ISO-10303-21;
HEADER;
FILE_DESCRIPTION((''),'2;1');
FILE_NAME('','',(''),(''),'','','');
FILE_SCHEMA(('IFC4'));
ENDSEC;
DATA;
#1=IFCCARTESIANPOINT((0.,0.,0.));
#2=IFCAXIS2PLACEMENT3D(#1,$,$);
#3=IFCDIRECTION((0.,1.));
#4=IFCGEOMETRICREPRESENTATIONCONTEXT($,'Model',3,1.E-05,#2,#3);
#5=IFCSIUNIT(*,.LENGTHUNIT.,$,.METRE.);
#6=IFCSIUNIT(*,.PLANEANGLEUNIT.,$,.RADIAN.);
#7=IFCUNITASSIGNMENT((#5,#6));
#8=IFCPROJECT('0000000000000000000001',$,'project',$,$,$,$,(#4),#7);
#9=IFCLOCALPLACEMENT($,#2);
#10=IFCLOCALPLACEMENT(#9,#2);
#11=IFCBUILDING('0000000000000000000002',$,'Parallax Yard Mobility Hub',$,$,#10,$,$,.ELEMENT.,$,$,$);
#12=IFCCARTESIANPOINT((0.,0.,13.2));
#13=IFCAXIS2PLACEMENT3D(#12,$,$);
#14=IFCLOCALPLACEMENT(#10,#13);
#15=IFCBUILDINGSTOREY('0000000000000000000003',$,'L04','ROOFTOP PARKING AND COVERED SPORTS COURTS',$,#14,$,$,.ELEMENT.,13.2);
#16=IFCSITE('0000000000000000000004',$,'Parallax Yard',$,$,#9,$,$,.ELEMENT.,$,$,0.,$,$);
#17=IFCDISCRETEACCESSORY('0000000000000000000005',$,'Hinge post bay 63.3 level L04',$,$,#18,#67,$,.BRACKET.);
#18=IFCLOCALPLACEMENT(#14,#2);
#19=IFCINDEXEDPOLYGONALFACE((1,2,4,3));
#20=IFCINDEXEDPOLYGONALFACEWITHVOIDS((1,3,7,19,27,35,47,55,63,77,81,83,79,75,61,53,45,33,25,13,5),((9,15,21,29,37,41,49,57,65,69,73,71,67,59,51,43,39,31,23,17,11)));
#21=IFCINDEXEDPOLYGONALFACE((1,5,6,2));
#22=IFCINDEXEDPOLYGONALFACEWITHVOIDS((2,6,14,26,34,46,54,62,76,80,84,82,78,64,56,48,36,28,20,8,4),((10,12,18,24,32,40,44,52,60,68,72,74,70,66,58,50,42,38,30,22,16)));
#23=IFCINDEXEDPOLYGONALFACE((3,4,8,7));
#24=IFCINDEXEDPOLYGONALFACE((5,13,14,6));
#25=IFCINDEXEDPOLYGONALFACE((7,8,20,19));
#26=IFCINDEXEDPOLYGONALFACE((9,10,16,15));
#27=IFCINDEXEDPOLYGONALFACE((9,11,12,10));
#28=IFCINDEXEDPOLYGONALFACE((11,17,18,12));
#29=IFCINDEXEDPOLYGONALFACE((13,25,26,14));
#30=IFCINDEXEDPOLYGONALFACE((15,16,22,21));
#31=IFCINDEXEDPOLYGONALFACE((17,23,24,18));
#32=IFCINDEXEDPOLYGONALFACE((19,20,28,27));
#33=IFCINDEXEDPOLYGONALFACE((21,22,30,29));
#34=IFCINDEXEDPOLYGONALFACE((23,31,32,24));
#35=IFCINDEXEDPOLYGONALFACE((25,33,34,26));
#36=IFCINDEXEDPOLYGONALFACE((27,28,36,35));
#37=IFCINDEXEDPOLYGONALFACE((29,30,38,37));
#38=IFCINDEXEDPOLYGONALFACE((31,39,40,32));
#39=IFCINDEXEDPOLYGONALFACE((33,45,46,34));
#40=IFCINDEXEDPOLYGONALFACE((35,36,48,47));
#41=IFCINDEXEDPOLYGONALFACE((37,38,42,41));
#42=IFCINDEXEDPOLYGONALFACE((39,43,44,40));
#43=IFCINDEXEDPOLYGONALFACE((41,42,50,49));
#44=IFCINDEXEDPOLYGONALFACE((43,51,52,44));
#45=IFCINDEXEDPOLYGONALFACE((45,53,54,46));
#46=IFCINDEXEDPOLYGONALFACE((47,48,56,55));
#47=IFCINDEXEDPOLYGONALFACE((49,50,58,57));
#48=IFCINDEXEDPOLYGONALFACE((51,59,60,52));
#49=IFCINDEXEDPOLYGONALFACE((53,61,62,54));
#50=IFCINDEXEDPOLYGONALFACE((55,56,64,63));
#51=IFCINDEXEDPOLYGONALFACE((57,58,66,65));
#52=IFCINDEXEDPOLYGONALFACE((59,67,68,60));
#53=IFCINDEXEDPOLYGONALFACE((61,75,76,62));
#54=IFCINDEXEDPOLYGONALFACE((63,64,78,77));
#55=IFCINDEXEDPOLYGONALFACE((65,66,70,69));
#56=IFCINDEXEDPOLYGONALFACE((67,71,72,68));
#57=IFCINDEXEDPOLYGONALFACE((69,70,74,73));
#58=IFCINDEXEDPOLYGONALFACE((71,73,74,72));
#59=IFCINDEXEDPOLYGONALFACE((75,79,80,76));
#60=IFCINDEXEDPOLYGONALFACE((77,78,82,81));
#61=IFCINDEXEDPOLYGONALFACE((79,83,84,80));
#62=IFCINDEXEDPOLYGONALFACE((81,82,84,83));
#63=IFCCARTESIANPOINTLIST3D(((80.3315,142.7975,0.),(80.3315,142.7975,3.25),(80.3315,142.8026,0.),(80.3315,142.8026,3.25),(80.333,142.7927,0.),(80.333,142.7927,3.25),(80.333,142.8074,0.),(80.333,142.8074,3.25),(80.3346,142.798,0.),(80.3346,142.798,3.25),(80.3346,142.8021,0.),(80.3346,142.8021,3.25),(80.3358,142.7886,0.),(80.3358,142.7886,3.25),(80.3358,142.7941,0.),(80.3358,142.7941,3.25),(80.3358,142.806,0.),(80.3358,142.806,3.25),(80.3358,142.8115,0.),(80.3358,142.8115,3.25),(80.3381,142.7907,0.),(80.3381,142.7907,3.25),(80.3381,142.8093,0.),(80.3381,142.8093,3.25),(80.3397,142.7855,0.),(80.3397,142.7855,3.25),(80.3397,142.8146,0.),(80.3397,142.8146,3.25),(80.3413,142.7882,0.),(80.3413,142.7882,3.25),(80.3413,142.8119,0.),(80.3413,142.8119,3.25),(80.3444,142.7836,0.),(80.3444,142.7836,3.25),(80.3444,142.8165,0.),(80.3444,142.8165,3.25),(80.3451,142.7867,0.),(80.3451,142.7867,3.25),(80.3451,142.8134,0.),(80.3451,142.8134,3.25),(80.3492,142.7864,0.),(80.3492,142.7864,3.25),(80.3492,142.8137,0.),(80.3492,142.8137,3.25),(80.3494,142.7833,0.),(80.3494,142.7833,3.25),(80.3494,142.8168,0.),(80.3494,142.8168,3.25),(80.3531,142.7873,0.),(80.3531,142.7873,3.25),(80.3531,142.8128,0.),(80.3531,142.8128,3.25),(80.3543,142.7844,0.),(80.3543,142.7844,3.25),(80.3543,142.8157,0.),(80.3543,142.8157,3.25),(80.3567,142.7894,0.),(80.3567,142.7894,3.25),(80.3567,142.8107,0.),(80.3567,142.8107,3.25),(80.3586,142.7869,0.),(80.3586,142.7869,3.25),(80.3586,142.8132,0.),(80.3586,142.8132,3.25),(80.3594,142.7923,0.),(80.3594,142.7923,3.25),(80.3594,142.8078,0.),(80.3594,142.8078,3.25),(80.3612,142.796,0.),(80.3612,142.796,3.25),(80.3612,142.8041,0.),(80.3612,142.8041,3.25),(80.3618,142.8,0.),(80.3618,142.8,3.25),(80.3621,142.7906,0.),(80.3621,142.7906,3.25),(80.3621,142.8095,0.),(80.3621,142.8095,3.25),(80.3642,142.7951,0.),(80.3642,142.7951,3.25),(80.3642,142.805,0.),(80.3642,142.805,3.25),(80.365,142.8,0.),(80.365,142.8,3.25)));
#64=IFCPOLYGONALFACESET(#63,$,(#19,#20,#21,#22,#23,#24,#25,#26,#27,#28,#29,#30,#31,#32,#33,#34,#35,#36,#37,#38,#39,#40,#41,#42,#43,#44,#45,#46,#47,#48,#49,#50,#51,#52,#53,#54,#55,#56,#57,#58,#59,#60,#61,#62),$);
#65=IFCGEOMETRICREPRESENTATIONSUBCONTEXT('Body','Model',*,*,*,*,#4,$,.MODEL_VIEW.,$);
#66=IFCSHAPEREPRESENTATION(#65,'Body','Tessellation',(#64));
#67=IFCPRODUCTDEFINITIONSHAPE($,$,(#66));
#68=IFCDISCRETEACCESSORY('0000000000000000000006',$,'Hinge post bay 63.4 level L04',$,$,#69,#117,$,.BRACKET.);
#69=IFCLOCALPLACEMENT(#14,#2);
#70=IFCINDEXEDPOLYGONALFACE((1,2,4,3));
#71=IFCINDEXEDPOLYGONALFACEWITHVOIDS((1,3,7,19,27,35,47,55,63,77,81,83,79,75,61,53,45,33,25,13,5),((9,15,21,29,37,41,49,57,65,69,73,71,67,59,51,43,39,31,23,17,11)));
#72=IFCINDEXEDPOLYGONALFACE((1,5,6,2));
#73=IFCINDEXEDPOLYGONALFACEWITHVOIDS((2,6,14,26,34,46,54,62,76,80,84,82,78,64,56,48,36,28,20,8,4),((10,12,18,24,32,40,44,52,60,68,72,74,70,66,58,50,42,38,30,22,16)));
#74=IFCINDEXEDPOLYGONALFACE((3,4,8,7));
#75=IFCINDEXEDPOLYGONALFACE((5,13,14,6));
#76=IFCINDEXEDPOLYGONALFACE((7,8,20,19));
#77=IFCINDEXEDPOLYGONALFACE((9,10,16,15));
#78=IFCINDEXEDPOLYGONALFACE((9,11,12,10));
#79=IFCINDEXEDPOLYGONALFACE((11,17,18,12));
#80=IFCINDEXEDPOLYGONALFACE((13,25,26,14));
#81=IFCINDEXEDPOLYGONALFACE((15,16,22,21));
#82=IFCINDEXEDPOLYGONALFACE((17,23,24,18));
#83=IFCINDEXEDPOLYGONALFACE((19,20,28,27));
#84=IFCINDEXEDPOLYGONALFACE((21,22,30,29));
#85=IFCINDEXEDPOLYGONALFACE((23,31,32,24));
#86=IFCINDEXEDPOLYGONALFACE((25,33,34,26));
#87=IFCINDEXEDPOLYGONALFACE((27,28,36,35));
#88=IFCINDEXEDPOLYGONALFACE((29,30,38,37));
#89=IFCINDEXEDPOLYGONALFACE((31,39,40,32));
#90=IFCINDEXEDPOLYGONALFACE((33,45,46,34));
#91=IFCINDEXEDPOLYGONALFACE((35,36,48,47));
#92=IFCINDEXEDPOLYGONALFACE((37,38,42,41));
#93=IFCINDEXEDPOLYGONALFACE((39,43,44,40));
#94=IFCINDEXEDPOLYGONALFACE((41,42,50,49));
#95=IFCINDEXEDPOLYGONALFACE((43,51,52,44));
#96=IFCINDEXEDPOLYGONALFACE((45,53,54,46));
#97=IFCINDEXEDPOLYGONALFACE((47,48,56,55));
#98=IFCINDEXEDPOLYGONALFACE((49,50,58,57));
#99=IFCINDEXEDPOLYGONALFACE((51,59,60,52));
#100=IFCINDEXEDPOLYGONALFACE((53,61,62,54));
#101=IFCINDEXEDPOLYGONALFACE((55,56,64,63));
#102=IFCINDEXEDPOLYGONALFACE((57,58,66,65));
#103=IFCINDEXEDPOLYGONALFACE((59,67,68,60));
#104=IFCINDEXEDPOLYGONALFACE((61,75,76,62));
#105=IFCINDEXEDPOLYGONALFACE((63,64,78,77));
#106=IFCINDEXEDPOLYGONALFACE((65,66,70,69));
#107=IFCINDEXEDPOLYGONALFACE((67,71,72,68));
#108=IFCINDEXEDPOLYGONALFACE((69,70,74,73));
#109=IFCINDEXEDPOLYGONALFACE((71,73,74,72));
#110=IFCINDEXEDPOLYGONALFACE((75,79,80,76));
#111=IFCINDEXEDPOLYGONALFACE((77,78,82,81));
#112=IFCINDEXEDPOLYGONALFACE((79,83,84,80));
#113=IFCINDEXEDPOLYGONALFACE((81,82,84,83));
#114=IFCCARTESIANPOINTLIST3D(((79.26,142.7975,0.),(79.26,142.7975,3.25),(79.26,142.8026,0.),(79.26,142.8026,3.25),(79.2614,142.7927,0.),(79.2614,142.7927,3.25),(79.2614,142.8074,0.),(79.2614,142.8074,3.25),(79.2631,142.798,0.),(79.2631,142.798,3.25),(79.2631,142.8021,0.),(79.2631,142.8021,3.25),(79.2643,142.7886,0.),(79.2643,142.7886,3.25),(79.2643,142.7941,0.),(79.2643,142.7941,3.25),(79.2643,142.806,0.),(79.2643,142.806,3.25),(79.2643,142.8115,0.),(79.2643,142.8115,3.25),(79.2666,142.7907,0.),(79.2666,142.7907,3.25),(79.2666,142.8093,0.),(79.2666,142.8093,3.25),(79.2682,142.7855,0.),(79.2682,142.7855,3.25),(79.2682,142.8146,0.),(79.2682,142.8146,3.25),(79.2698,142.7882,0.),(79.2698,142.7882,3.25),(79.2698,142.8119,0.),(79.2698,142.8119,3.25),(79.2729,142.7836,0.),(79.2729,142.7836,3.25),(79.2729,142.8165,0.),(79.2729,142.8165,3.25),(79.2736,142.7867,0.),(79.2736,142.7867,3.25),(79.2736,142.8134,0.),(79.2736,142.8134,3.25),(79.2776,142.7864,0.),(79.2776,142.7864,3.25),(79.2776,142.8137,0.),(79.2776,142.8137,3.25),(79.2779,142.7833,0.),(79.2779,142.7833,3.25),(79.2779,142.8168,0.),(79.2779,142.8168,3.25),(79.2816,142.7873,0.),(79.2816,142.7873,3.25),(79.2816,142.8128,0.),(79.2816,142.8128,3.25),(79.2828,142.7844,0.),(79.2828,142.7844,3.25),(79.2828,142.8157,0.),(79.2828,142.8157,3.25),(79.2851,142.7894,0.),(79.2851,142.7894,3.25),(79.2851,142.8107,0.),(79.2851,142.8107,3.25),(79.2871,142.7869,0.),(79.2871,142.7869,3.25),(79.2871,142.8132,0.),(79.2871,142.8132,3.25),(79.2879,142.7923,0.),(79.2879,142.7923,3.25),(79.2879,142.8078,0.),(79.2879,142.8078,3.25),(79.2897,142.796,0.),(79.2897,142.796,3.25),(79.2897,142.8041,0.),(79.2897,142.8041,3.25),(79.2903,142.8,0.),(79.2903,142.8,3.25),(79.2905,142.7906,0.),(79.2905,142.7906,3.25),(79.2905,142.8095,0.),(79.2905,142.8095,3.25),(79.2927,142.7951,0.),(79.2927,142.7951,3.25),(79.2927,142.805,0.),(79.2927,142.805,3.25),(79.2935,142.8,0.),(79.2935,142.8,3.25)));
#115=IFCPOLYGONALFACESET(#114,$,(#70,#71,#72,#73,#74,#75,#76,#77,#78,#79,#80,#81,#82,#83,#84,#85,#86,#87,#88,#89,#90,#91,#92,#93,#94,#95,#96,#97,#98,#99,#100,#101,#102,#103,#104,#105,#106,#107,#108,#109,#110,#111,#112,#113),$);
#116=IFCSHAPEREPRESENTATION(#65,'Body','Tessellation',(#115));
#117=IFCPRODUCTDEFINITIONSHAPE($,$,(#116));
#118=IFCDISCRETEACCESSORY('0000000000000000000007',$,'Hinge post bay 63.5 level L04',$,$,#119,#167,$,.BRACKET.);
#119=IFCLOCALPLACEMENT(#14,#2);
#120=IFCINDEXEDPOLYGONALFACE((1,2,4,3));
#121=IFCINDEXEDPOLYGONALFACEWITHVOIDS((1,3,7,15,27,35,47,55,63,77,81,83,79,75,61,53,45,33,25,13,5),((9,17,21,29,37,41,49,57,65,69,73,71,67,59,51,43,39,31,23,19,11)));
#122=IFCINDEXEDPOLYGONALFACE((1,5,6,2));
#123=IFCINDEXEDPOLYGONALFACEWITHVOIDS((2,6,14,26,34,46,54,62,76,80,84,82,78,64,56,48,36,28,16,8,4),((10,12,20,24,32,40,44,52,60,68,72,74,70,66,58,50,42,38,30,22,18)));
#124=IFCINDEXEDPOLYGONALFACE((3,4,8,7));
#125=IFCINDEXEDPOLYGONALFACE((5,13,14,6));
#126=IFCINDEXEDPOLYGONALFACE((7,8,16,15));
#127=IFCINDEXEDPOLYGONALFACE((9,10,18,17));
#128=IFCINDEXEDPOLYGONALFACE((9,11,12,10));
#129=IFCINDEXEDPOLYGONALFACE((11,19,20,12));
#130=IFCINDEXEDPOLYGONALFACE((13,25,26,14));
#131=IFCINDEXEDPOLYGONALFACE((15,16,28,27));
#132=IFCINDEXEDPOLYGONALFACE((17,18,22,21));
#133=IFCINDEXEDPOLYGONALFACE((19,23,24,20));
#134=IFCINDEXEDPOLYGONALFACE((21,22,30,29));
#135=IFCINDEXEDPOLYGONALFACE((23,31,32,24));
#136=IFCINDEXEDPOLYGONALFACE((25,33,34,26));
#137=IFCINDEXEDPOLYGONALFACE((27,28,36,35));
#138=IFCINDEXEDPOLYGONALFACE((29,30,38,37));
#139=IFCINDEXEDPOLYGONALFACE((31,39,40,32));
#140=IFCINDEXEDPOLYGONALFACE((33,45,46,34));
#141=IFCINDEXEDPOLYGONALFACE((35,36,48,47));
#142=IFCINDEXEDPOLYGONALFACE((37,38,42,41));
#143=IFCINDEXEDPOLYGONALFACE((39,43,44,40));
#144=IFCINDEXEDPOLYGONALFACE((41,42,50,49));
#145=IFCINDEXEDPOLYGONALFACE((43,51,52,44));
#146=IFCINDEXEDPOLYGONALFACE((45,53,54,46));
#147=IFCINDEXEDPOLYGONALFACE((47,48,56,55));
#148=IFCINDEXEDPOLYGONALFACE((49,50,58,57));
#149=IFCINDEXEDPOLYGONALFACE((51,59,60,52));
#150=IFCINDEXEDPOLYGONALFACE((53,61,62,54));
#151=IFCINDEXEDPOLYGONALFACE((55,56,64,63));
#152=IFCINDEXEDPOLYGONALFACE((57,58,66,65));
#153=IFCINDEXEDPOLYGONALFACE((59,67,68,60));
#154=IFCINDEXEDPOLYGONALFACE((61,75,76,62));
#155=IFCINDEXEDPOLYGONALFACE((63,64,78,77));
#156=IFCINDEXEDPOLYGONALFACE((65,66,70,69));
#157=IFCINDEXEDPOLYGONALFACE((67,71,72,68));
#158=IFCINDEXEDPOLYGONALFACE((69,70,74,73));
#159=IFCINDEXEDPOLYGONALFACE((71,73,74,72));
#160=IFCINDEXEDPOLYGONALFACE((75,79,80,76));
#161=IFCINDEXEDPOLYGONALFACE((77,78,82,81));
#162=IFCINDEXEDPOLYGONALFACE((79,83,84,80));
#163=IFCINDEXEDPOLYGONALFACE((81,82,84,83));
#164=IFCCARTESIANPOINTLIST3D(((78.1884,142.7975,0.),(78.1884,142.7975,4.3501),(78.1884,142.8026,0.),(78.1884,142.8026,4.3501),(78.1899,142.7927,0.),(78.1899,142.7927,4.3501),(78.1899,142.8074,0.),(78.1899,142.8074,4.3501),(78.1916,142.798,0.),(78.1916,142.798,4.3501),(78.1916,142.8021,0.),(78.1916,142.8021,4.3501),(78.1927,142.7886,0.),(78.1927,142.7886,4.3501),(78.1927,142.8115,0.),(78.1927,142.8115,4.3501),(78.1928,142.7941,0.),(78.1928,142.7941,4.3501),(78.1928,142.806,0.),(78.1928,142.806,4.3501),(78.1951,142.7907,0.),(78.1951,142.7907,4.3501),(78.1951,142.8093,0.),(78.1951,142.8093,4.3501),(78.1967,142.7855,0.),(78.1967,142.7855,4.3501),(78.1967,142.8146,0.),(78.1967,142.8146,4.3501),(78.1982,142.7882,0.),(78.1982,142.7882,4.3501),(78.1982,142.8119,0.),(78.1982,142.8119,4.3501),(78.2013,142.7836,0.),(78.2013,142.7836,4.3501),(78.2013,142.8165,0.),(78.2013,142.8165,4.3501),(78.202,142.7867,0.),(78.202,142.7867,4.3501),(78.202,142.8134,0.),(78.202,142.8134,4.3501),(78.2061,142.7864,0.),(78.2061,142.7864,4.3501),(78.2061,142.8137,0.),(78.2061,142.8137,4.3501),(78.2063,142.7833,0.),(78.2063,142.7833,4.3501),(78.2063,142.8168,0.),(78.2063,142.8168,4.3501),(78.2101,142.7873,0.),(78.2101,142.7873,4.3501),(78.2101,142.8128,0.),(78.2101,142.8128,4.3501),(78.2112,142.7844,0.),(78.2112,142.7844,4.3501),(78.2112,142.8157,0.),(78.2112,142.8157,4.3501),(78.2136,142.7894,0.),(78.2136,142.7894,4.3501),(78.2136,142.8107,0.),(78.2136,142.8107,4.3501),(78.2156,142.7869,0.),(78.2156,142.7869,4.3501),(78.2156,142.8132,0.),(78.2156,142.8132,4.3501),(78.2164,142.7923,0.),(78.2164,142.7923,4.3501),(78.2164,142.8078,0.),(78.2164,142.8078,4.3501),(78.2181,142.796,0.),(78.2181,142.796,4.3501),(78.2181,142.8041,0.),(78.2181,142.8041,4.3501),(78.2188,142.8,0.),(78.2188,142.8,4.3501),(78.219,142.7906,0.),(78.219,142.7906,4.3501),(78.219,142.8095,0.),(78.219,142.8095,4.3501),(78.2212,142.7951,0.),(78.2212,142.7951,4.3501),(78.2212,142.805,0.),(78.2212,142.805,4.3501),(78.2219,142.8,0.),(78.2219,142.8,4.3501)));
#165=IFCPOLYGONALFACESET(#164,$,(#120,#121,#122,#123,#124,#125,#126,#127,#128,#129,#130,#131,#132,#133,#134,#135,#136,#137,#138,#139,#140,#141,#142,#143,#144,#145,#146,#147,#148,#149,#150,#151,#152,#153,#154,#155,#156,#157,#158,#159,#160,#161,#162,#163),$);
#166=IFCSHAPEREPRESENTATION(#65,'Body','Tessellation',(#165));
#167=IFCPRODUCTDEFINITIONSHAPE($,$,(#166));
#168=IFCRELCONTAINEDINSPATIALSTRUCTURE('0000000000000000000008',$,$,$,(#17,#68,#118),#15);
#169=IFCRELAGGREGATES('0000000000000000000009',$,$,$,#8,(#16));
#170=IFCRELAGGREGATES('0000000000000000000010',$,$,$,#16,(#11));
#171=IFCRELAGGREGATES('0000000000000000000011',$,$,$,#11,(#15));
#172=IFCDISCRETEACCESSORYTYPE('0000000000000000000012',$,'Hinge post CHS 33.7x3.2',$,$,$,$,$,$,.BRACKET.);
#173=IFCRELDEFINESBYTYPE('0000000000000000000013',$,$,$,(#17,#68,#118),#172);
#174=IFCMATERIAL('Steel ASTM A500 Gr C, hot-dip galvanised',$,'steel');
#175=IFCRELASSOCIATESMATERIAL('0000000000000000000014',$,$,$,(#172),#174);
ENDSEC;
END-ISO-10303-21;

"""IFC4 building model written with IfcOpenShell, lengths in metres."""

from ifc_helpers import new_model, si_unit, direction, frame, origin, origin_2d, place, context, subcontext, project, spatial, hollow_circle, extrude, material, material_profile, profile_set, type_object, element, save


model = new_model("IFC4")

# Units and contexts
model_context = context("Model", 3, precision=1e-05, world=origin(), true_north=direction((0.0, 1.0)))
body_context = subcontext(model_context, "Body", "Model", "MODEL_VIEW")
ifc_project = project(units=[si_unit("LENGTHUNIT", "METRE"), si_unit("PLANEANGLEUNIT", "RADIAN")], contexts=[model_context])

# Site, building, storey
site_placement = place(None, origin())
site = spatial("IfcSite", under=ifc_project, at=site_placement, Name="Parallax Yard", CompositionType="ELEMENT", RefElevation=0.0)
building_placement = place(site_placement, origin())
building = spatial("IfcBuilding", under=site, at=building_placement, Name="Parallax Yard Mobility Hub", CompositionType="ELEMENT")
storey_placement = place(building_placement, frame((0.0, 0.0, 13.2)))
storey = spatial("IfcBuildingStorey", under=building, at=storey_placement, Name="L04", Description="ROOFTOP PARKING AND COVERED SPORTS COURTS", CompositionType="ELEMENT", Elevation=13.2)

# Discrete accessories
ifc_material_1 = material(Name="Steel ASTM A500 Gr C, hot-dip galvanised", Category="steel")
ifc_material_profile = material_profile(ifc_material_1, hollow_circle(Radius=0.0168, WallThickness=0.0032, at=origin_2d()), Name="CHS 33.7x3.2")
ifc_profile_set = profile_set([ifc_material_profile], Name="Steel ASTM A500 Gr C, hot-dip galvanised")
discrete_accessory_type_1 = type_object("IfcDiscreteAccessoryType", Name="Hinge post CHS 33.7x3.2", PredefinedType="BRACKET", material=ifc_profile_set)
for number, where, z_axis, x_axis, name in (
    (1, (80.3481, 142.8, 0.0), (0.0, 0.0, 1.0), (1.0, 0.0, 0.0), "Hinge post bay 63.3 level L04"),
    (2, (79.2766, 142.8, 0.0), (0.0, 0.0, 1.0), (1.0, 0.0, 0.0), "Hinge post bay 63.4 level L04"),
):
    element("IfcDiscreteAccessory", number, at=place(storey_placement, frame(where, z_axis=z_axis, x_axis=x_axis)), inside=storey, type_object=discrete_accessory_type_1, Name=name, PredefinedType="BRACKET", context=body_context, shape_type="SweptSolid", body=[
        extrude(hollow_circle(Radius=0.0168, WallThickness=0.0032, at=origin_2d()), origin(), (0.0, 0.0, 1.0), 3.25),
    ])
discrete_accessory_1_placement = place(storey_placement, frame((78.2051, 142.8, 0.0), z_axis=(0.0, 0.0, 1.0), x_axis=(1.0, 0.0, 0.0)))
element("IfcDiscreteAccessory", 3, at=discrete_accessory_1_placement, inside=storey, type_object=discrete_accessory_type_1, Name="Hinge post bay 63.5 level L04", PredefinedType="BRACKET", context=body_context, shape_type="SweptSolid", body=[
    extrude(hollow_circle(Radius=0.0168, WallThickness=0.0032, at=origin_2d()), origin(), (0.0, 0.0, 1.0), 4.3501),
])

save(model, "model.ifc")
